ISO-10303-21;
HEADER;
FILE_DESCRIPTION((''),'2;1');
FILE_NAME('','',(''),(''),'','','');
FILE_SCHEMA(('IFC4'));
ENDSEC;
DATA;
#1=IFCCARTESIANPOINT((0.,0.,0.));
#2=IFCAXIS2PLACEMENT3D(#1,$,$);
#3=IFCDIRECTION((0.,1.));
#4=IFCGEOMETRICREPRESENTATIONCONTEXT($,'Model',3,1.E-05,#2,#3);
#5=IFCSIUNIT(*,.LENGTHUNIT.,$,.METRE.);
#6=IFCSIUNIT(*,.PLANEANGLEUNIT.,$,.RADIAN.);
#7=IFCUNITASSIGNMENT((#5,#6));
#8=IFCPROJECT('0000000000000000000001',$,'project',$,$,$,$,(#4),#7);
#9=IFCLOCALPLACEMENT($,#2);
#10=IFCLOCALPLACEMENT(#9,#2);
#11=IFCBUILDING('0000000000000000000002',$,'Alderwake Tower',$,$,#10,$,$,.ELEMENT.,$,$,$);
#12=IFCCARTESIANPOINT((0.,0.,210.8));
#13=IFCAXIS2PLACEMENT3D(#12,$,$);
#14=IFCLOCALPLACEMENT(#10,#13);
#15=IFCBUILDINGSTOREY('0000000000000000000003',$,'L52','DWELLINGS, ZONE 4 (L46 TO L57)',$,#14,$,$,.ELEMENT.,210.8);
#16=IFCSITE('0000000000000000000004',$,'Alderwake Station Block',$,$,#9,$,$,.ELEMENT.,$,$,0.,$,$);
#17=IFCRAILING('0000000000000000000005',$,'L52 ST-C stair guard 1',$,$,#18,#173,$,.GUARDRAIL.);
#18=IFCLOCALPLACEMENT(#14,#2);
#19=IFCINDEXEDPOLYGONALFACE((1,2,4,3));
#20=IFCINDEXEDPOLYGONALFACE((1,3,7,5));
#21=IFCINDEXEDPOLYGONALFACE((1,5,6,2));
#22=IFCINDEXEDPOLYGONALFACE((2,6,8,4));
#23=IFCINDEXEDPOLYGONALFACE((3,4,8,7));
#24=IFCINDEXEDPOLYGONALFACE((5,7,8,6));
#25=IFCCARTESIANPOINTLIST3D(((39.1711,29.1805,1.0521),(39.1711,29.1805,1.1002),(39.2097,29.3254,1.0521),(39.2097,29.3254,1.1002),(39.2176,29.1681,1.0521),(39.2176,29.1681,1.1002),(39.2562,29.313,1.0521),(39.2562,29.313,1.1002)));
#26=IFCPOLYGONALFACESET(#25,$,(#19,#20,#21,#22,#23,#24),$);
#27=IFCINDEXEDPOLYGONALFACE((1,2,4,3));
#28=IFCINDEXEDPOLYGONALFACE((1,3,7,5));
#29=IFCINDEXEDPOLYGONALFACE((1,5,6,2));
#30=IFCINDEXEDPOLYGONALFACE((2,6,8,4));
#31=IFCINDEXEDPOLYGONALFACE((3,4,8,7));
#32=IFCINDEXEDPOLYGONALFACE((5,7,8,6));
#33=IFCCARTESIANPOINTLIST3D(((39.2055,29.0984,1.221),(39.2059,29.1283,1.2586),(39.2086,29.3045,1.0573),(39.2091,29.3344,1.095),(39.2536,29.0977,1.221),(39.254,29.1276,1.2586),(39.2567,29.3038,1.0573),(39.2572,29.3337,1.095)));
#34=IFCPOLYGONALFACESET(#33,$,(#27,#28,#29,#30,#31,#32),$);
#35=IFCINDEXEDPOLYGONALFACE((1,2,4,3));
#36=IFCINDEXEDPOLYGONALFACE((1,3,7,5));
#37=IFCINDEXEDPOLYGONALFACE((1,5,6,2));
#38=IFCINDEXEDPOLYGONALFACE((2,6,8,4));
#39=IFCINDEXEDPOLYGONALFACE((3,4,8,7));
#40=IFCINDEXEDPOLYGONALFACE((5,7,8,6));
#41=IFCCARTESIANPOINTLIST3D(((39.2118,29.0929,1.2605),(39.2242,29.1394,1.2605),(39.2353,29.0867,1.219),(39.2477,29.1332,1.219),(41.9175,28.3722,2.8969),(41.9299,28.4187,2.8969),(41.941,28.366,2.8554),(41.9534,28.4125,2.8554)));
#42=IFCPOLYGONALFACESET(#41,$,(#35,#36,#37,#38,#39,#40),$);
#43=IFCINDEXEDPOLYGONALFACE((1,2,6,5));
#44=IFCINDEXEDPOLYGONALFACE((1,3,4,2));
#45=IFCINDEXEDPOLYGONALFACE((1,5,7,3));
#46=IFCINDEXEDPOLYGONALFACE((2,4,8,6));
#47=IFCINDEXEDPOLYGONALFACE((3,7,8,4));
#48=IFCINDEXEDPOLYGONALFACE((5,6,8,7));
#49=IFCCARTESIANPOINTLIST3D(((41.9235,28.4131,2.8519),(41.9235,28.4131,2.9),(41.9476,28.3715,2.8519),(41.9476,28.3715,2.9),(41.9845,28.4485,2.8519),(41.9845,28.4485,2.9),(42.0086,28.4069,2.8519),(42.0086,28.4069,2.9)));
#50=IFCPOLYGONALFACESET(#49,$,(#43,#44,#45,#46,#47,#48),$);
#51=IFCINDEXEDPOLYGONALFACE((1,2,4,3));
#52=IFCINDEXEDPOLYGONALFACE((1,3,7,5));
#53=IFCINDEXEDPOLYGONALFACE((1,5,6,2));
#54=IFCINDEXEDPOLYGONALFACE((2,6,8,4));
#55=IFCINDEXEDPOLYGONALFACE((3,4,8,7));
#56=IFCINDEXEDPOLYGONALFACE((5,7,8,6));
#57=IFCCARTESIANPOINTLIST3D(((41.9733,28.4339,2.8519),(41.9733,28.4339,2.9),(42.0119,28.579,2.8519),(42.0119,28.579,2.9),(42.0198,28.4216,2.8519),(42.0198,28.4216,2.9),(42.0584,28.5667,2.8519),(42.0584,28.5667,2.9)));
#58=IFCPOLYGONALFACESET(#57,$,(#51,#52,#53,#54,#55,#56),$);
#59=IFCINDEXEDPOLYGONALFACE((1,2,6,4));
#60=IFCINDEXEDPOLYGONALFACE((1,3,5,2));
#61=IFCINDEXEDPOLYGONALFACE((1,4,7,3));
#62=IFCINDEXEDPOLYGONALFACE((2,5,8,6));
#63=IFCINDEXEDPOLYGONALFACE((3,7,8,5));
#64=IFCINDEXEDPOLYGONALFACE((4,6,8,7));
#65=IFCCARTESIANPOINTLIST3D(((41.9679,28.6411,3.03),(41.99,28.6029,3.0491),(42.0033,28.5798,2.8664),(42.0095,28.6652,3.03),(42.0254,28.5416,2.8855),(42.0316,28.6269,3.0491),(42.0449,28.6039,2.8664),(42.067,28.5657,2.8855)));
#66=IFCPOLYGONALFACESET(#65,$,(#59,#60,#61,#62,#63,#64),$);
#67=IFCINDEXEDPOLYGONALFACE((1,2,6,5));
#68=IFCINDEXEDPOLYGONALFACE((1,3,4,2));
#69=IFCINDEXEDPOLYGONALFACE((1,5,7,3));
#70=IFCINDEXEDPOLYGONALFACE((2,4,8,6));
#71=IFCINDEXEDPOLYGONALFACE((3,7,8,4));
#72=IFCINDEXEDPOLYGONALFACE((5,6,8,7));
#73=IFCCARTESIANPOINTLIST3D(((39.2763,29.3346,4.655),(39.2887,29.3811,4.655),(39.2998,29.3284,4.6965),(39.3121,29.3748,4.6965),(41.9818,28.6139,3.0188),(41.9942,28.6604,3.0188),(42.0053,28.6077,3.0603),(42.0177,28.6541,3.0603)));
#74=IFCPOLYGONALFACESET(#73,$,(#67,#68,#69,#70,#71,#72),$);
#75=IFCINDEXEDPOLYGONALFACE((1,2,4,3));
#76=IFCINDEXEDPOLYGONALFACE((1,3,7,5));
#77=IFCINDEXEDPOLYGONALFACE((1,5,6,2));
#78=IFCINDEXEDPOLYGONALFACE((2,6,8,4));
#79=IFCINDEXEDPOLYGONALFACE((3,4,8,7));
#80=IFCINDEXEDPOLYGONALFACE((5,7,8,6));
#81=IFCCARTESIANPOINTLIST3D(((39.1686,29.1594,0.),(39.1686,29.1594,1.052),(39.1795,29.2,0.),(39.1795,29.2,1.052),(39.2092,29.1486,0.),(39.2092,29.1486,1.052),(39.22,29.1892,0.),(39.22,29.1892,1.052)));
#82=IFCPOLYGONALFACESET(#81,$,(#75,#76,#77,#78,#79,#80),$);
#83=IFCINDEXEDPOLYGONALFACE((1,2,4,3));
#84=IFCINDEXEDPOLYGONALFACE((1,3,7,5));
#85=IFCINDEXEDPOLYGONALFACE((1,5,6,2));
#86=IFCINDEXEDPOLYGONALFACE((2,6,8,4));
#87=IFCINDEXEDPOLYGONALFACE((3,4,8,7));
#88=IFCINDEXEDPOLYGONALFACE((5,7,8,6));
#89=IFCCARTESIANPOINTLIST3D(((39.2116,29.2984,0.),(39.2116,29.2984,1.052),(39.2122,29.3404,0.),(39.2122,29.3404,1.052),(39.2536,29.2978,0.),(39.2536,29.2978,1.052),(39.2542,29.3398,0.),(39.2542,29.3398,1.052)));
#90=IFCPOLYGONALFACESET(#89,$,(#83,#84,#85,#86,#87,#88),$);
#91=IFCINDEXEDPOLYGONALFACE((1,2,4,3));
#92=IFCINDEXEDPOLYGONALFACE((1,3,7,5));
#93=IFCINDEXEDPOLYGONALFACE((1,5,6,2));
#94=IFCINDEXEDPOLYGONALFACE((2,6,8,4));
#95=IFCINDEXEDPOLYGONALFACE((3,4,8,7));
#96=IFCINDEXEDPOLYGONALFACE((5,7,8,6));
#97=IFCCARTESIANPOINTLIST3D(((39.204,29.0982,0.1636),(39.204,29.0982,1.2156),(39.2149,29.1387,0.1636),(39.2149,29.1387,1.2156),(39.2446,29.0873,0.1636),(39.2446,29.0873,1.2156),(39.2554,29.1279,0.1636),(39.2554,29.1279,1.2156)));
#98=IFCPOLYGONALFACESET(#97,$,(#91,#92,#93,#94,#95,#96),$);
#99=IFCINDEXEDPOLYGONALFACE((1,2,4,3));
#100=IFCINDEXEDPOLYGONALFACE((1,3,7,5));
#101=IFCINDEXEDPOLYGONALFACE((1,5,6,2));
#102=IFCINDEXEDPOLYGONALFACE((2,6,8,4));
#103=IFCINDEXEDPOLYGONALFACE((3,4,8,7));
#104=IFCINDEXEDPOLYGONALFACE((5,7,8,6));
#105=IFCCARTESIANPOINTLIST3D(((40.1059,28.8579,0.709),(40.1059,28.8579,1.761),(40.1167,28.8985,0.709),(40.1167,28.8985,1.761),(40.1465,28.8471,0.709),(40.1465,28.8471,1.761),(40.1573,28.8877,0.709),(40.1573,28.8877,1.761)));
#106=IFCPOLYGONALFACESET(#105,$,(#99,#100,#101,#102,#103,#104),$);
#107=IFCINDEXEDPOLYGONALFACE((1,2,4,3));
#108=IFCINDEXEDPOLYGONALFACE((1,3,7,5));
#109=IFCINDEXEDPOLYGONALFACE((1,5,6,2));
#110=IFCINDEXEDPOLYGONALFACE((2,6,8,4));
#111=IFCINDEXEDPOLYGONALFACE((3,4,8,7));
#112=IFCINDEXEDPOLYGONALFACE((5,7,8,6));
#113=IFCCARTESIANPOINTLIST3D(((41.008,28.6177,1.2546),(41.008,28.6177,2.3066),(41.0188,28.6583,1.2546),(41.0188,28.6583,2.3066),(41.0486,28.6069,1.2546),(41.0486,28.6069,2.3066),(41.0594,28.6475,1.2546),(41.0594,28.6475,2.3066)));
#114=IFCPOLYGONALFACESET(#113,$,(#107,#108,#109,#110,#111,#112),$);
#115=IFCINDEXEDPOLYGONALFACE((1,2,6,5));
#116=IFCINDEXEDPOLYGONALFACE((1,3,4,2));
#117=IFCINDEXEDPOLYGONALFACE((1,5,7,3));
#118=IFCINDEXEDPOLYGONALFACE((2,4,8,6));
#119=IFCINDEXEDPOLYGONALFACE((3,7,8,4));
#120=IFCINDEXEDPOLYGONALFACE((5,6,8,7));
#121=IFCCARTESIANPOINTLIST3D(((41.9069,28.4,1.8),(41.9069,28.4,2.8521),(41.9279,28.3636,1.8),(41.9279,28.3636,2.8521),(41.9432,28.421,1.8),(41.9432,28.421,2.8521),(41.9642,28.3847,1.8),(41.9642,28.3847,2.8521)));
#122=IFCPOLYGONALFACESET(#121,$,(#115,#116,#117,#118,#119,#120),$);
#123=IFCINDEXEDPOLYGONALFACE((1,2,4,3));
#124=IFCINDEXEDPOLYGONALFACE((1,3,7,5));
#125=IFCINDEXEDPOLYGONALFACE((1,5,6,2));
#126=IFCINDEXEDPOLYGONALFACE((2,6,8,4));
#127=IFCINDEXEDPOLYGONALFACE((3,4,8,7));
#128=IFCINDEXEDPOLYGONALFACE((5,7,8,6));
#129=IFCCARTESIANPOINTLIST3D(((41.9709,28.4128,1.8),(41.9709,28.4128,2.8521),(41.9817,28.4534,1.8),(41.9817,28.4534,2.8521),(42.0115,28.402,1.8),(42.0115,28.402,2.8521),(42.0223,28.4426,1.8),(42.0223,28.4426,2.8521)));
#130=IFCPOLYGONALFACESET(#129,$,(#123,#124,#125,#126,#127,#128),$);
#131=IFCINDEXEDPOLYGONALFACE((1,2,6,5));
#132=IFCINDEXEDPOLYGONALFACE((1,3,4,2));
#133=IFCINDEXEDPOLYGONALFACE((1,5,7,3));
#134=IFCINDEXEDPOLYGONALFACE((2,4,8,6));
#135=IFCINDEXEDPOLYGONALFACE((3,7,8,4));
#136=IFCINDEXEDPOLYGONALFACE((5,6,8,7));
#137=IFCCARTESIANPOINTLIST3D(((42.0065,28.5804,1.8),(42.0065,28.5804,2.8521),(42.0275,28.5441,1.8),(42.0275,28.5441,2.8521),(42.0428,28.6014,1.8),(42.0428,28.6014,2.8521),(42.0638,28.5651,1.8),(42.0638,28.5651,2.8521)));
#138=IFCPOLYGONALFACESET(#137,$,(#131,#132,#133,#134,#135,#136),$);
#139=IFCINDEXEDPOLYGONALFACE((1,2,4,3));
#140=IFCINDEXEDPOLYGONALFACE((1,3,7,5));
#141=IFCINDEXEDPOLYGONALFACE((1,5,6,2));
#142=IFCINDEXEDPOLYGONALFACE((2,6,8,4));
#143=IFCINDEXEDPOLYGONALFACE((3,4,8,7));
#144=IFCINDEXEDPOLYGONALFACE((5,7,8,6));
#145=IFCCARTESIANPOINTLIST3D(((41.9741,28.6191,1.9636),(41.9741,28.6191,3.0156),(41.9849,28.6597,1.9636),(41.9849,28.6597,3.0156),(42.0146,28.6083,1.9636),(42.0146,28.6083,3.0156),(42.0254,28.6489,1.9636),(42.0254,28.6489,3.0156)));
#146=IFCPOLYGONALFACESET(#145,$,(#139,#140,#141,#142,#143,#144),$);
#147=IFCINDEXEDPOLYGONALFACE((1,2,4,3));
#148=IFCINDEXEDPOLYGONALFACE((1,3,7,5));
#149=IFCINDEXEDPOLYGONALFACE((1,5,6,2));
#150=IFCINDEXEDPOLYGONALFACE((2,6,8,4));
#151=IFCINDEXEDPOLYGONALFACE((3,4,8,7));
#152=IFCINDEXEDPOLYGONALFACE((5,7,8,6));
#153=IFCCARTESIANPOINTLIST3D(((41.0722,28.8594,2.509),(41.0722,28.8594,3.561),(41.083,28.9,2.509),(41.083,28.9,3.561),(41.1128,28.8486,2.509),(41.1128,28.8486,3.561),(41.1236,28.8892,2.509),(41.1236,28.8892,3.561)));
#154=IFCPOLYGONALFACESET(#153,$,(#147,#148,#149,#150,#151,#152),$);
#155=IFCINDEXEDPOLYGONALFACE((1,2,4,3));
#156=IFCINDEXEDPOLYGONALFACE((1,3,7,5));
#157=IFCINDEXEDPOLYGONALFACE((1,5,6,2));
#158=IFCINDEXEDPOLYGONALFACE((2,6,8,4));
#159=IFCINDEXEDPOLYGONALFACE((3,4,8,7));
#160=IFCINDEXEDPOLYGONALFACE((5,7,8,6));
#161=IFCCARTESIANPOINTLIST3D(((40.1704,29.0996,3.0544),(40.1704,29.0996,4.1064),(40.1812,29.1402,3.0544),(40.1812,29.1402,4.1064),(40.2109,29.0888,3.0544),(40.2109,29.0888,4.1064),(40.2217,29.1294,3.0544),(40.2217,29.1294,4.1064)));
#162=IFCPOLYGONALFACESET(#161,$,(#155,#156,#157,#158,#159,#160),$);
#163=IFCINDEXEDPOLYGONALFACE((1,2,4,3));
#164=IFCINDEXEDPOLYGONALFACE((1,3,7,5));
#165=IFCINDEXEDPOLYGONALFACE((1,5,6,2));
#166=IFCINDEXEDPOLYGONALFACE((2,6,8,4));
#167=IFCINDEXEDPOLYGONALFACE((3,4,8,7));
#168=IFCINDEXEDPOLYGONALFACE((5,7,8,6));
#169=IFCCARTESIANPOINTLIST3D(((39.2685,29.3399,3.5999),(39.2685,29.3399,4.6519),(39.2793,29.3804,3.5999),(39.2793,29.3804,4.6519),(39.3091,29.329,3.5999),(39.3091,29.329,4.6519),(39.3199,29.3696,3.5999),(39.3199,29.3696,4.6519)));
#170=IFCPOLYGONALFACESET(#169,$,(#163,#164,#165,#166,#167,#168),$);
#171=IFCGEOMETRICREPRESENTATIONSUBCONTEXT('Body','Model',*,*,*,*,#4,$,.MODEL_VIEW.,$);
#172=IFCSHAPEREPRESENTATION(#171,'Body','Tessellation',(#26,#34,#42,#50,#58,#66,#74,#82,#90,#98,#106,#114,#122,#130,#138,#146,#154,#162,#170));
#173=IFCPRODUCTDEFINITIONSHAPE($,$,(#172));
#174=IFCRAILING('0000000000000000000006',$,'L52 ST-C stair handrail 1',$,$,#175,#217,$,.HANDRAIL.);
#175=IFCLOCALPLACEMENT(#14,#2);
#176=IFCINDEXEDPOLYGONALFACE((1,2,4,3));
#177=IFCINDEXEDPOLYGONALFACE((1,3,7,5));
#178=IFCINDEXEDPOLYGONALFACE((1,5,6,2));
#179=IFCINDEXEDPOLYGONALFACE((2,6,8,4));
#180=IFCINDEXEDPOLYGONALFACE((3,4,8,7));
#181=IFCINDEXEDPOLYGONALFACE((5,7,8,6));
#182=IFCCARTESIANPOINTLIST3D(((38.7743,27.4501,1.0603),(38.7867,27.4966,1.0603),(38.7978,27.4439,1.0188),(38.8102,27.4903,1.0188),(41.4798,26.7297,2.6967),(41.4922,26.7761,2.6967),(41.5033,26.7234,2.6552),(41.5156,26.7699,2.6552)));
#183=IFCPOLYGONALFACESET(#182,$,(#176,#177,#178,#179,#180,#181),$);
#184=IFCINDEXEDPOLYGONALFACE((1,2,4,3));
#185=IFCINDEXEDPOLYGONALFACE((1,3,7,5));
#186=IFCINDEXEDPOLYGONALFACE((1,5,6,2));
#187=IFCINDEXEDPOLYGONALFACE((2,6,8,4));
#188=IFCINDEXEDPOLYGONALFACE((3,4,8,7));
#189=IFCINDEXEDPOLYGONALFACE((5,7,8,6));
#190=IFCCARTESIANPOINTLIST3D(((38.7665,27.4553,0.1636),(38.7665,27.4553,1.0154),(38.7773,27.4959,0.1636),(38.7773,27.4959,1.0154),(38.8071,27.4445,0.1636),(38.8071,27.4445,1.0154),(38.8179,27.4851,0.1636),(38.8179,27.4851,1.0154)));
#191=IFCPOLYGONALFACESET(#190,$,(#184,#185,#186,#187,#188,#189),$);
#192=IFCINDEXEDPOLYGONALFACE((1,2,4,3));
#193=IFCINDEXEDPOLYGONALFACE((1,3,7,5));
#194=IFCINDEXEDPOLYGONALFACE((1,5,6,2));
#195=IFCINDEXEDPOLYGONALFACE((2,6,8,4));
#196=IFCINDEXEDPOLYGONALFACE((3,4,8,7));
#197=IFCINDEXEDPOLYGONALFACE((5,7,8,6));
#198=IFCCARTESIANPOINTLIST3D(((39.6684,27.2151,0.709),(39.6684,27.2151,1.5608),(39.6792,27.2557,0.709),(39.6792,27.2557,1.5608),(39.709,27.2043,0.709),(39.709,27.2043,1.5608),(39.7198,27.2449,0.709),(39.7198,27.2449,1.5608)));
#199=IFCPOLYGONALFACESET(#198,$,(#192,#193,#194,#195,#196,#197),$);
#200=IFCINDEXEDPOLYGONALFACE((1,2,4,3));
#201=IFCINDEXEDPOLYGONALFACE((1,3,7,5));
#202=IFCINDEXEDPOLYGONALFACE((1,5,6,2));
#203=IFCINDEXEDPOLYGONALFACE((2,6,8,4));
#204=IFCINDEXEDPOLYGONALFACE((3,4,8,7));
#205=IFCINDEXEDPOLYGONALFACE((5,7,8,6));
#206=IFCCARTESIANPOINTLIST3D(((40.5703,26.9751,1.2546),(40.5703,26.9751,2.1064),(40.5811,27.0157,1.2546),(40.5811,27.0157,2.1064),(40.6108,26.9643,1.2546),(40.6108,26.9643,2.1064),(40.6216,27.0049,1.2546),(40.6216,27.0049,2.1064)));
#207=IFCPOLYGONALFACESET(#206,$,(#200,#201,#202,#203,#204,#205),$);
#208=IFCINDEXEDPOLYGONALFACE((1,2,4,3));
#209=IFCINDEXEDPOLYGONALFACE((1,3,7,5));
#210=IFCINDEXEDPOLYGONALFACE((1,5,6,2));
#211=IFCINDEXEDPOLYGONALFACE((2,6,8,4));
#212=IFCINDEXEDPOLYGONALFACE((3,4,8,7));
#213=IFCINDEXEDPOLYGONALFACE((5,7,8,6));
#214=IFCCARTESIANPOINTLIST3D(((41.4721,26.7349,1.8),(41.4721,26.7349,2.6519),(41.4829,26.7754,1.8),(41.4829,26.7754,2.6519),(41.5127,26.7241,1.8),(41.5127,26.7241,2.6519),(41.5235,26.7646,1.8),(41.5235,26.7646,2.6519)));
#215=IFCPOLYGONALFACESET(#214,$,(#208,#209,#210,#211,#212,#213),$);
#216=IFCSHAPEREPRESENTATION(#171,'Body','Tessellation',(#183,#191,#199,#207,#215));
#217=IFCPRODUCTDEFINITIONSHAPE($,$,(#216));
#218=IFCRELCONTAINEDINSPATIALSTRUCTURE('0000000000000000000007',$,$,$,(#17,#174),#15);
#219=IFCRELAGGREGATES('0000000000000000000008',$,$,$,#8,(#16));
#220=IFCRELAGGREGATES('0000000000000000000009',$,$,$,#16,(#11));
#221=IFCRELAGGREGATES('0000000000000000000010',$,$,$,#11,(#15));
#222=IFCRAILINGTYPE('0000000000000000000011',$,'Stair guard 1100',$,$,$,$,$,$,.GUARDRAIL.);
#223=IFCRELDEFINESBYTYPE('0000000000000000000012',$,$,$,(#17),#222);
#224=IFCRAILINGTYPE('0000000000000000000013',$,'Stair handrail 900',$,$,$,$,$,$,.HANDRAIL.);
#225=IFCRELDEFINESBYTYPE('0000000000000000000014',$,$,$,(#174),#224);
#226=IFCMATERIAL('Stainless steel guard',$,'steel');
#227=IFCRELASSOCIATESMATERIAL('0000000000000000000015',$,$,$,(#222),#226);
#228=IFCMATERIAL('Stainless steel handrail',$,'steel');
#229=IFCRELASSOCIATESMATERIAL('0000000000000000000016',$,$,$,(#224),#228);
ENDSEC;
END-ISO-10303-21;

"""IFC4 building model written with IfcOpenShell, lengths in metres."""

from ifc_helpers import new_model, si_unit, direction, frame, origin, origin_2d, place, context, subcontext, project, spatial, rectangle, extrude, material, type_object, element, save


model = new_model("IFC4")

# Units and contexts
model_context = context("Model", 3, precision=1e-05, world=origin(), true_north=direction((0.0, 1.0)))
body_context = subcontext(model_context, "Body", "Model", "MODEL_VIEW")
ifc_project = project(units=[si_unit("LENGTHUNIT", "METRE"), si_unit("PLANEANGLEUNIT", "RADIAN")], contexts=[model_context])

# Site, building, storey
site_placement = place(None, origin())
site = spatial("IfcSite", under=ifc_project, at=site_placement, Name="Alderwake Station Block", CompositionType="ELEMENT", RefElevation=0.0)
building_placement = place(site_placement, origin())
building = spatial("IfcBuilding", under=site, at=building_placement, Name="Alderwake Tower", CompositionType="ELEMENT")
storey_placement = place(building_placement, frame((0.0, 0.0, 210.8)))
storey = spatial("IfcBuildingStorey", under=building, at=storey_placement, Name="L52", Description="DWELLINGS, ZONE 4 (L46 TO L57)", CompositionType="ELEMENT", Elevation=210.8)

# Railings
ifc_material_1 = material(Name="Stainless steel guard", Category="steel")
railing_type_1 = type_object("IfcRailingType", Name="Stair guard 1100", PredefinedType="GUARDRAIL", material=ifc_material_1)
railing_1_placement = place(storey_placement, frame((39.1943, 29.1743, 0.0)))
element("IfcRailing", 1, at=railing_1_placement, inside=storey, type_object=railing_type_1, Name="L52 ST-C stair guard 1", PredefinedType="GUARDRAIL", context=body_context, shape_type="SweptSolid", body=[
    extrude(rectangle(XDim=0.0481, YDim=0.0481, at=origin_2d()), frame((0.0, 0.0, 1.0762), z_axis=(0.25746, 0.966289, 0.0), x_axis=(-0.966289, 0.25746, 0.0)), (0.0, 0.0, 1.0), 0.1499),
    extrude(rectangle(XDim=0.0481, YDim=0.0481, at=origin_2d()), frame((0.0386, 0.1448, 1.0762), z_axis=(-0.012063, -0.78316, 0.621703), x_axis=(0.999881, -0.015401, 0.0)), (0.0, 0.0, 1.0), 0.2632),
    extrude(rectangle(XDim=0.0481, YDim=0.0481, at=origin_2d()), frame((0.0354, -0.0613, 1.2397), z_axis=(0.834282, -0.222214, 0.504574), x_axis=(0.25738, 0.96631, 0.0)), (0.0, 0.0, 1.0), 3.2432),
    extrude(rectangle(XDim=0.0481, YDim=0.0481, at=origin_2d()), frame((2.7412, -0.782, 2.876), z_axis=(0.865031, 0.501718, 0.0), x_axis=(-0.501718, 0.865031, 0.0)), (0.0, 0.0, 1.0), 0.0706),
    extrude(rectangle(XDim=0.0481, YDim=0.0481, at=origin_2d()), frame((2.8022, -0.7466, 2.876), z_axis=(0.257055, 0.966397, 0.0), x_axis=(-0.966397, 0.257055, 0.0)), (0.0, 0.0, 1.0), 0.1501),
    extrude(rectangle(XDim=0.0481, YDim=0.0481, at=origin_2d()), frame((2.8408, -0.6016, 2.876), z_axis=(-0.198625, 0.343827, 0.917786), x_axis=(-0.865898, -0.50022, 0.0)), (0.0, 0.0, 1.0), 0.1782),
    extrude(rectangle(XDim=0.0481, YDim=0.0481, at=origin_2d()), frame((2.8054, -0.5403, 3.0396), z_axis=(-0.834291, 0.222237, 0.504549), x_axis=(-0.257402, -0.966304, 0.0)), (0.0, 0.0, 1.0), 3.2429),
    extrude(rectangle(XDim=0.042, YDim=0.042, at=origin_2d()), frame((0.0, 0.0, 0.0), z_axis=(0.0, 0.0, 1.0), x_axis=(0.25746, 0.966289, 0.0)), (0.0, 0.0, 1.0), 1.052),
    extrude(rectangle(XDim=0.042, YDim=0.042, at=origin_2d()), frame((0.0386, 0.1448, 0.0), z_axis=(0.0, 0.0, 1.0), x_axis=(-0.015401, -0.999881, 0.0)), (0.0, 0.0, 1.0), 1.052),
    extrude(rectangle(XDim=0.042, YDim=0.042, at=origin_2d()), frame((0.0354, -0.0613, 0.1636), z_axis=(0.0, 0.0, 1.0), x_axis=(0.96631, -0.25738, 0.0)), (0.0, 0.0, 1.0), 1.052),
    extrude(rectangle(XDim=0.042, YDim=0.042, at=origin_2d()), frame((0.9373, -0.3015, 0.709), z_axis=(0.0, 0.0, 1.0), x_axis=(0.96631, -0.25738, 0.0)), (0.0, 0.0, 1.0), 1.052),
    extrude(rectangle(XDim=0.042, YDim=0.042, at=origin_2d()), frame((1.8394, -0.5417, 1.2546), z_axis=(0.0, 0.0, 1.0), x_axis=(0.96631, -0.25738, 0.0)), (0.0, 0.0, 1.0), 1.052),
    extrude(rectangle(XDim=0.042, YDim=0.042, at=origin_2d()), frame((2.7412, -0.782, 1.8), z_axis=(0.0, 0.0, 1.0), x_axis=(0.865031, 0.501718, 0.0)), (0.0, 0.0, 1.0), 1.052),
    extrude(rectangle(XDim=0.042, YDim=0.042, at=origin_2d()), frame((2.8022, -0.7466, 1.8), z_axis=(0.0, 0.0, 1.0), x_axis=(0.257055, 0.966397, 0.0)), (0.0, 0.0, 1.0), 1.052),
    extrude(rectangle(XDim=0.042, YDim=0.042, at=origin_2d()), frame((2.8408, -0.6016, 1.8), z_axis=(0.0, 0.0, 1.0), x_axis=(-0.50022, 0.865898, 0.0)), (0.0, 0.0, 1.0), 1.052),
    extrude(rectangle(XDim=0.042, YDim=0.042, at=origin_2d()), frame((2.8054, -0.5403, 1.9636), z_axis=(0.0, 0.0, 1.0), x_axis=(-0.966304, 0.257402, 0.0)), (0.0, 0.0, 1.0), 1.052),
    extrude(rectangle(XDim=0.042, YDim=0.042, at=origin_2d()), frame((1.9036, -0.3, 2.509), z_axis=(0.0, 0.0, 1.0), x_axis=(-0.966304, 0.257402, 0.0)), (0.0, 0.0, 1.0), 1.052),
    extrude(rectangle(XDim=0.042, YDim=0.042, at=origin_2d()), frame((1.0017, -0.0598, 3.0544), z_axis=(0.0, 0.0, 1.0), x_axis=(-0.966304, 0.257402, 0.0)), (0.0, 0.0, 1.0), 1.052),
    extrude(rectangle(XDim=0.042, YDim=0.042, at=origin_2d()), frame((0.0999, 0.1804, 3.5999), z_axis=(0.0, 0.0, 1.0), x_axis=(-0.966304, 0.257402, 0.0)), (0.0, 0.0, 1.0), 1.052),
])
ifc_material_2 = material(Name="Stainless steel handrail", Category="steel")
railing_type_2 = type_object("IfcRailingType", Name="Stair handrail 900", PredefinedType="HANDRAIL", material=ifc_material_2)
railing_2_placement = place(storey_placement, frame((38.7922, 27.4702, 0.1636)))
element("IfcRailing", 2, at=railing_2_placement, inside=storey, type_object=railing_type_2, Name="L52 ST-C stair handrail 1", PredefinedType="HANDRAIL", context=body_context, shape_type="SweptSolid", body=[
    extrude(rectangle(XDim=0.0481, YDim=0.0481, at=origin_2d()), frame((0.0, 0.0, 0.876), z_axis=(0.834273, -0.222157, 0.504614), x_axis=(0.257321, 0.966326, 0.0)), (0.0, 0.0, 1.0), 3.2429),
    extrude(rectangle(XDim=0.042, YDim=0.042, at=origin_2d()), frame((0.0, 0.0, 0.0), z_axis=(0.0, 0.0, 1.0), x_axis=(0.966326, -0.257321, 0.0)), (0.0, 0.0, 1.0), 0.8518),
    extrude(rectangle(XDim=0.042, YDim=0.042, at=origin_2d()), frame((0.9019, -0.2402, 0.5454), z_axis=(0.0, 0.0, 1.0), x_axis=(0.966326, -0.257321, 0.0)), (0.0, 0.0, 1.0), 0.8518),
    extrude(rectangle(XDim=0.042, YDim=0.042, at=origin_2d()), frame((1.8037, -0.4802, 1.0911), z_axis=(0.0, 0.0, 1.0), x_axis=(0.966326, -0.257321, 0.0)), (0.0, 0.0, 1.0), 0.8518),
    extrude(rectangle(XDim=0.042, YDim=0.042, at=origin_2d()), frame((2.7056, -0.7205, 1.6365), z_axis=(0.0, 0.0, 1.0), x_axis=(0.966326, -0.257321, 0.0)), (0.0, 0.0, 1.0), 0.8518),
])

save(model, "model.ifc")
